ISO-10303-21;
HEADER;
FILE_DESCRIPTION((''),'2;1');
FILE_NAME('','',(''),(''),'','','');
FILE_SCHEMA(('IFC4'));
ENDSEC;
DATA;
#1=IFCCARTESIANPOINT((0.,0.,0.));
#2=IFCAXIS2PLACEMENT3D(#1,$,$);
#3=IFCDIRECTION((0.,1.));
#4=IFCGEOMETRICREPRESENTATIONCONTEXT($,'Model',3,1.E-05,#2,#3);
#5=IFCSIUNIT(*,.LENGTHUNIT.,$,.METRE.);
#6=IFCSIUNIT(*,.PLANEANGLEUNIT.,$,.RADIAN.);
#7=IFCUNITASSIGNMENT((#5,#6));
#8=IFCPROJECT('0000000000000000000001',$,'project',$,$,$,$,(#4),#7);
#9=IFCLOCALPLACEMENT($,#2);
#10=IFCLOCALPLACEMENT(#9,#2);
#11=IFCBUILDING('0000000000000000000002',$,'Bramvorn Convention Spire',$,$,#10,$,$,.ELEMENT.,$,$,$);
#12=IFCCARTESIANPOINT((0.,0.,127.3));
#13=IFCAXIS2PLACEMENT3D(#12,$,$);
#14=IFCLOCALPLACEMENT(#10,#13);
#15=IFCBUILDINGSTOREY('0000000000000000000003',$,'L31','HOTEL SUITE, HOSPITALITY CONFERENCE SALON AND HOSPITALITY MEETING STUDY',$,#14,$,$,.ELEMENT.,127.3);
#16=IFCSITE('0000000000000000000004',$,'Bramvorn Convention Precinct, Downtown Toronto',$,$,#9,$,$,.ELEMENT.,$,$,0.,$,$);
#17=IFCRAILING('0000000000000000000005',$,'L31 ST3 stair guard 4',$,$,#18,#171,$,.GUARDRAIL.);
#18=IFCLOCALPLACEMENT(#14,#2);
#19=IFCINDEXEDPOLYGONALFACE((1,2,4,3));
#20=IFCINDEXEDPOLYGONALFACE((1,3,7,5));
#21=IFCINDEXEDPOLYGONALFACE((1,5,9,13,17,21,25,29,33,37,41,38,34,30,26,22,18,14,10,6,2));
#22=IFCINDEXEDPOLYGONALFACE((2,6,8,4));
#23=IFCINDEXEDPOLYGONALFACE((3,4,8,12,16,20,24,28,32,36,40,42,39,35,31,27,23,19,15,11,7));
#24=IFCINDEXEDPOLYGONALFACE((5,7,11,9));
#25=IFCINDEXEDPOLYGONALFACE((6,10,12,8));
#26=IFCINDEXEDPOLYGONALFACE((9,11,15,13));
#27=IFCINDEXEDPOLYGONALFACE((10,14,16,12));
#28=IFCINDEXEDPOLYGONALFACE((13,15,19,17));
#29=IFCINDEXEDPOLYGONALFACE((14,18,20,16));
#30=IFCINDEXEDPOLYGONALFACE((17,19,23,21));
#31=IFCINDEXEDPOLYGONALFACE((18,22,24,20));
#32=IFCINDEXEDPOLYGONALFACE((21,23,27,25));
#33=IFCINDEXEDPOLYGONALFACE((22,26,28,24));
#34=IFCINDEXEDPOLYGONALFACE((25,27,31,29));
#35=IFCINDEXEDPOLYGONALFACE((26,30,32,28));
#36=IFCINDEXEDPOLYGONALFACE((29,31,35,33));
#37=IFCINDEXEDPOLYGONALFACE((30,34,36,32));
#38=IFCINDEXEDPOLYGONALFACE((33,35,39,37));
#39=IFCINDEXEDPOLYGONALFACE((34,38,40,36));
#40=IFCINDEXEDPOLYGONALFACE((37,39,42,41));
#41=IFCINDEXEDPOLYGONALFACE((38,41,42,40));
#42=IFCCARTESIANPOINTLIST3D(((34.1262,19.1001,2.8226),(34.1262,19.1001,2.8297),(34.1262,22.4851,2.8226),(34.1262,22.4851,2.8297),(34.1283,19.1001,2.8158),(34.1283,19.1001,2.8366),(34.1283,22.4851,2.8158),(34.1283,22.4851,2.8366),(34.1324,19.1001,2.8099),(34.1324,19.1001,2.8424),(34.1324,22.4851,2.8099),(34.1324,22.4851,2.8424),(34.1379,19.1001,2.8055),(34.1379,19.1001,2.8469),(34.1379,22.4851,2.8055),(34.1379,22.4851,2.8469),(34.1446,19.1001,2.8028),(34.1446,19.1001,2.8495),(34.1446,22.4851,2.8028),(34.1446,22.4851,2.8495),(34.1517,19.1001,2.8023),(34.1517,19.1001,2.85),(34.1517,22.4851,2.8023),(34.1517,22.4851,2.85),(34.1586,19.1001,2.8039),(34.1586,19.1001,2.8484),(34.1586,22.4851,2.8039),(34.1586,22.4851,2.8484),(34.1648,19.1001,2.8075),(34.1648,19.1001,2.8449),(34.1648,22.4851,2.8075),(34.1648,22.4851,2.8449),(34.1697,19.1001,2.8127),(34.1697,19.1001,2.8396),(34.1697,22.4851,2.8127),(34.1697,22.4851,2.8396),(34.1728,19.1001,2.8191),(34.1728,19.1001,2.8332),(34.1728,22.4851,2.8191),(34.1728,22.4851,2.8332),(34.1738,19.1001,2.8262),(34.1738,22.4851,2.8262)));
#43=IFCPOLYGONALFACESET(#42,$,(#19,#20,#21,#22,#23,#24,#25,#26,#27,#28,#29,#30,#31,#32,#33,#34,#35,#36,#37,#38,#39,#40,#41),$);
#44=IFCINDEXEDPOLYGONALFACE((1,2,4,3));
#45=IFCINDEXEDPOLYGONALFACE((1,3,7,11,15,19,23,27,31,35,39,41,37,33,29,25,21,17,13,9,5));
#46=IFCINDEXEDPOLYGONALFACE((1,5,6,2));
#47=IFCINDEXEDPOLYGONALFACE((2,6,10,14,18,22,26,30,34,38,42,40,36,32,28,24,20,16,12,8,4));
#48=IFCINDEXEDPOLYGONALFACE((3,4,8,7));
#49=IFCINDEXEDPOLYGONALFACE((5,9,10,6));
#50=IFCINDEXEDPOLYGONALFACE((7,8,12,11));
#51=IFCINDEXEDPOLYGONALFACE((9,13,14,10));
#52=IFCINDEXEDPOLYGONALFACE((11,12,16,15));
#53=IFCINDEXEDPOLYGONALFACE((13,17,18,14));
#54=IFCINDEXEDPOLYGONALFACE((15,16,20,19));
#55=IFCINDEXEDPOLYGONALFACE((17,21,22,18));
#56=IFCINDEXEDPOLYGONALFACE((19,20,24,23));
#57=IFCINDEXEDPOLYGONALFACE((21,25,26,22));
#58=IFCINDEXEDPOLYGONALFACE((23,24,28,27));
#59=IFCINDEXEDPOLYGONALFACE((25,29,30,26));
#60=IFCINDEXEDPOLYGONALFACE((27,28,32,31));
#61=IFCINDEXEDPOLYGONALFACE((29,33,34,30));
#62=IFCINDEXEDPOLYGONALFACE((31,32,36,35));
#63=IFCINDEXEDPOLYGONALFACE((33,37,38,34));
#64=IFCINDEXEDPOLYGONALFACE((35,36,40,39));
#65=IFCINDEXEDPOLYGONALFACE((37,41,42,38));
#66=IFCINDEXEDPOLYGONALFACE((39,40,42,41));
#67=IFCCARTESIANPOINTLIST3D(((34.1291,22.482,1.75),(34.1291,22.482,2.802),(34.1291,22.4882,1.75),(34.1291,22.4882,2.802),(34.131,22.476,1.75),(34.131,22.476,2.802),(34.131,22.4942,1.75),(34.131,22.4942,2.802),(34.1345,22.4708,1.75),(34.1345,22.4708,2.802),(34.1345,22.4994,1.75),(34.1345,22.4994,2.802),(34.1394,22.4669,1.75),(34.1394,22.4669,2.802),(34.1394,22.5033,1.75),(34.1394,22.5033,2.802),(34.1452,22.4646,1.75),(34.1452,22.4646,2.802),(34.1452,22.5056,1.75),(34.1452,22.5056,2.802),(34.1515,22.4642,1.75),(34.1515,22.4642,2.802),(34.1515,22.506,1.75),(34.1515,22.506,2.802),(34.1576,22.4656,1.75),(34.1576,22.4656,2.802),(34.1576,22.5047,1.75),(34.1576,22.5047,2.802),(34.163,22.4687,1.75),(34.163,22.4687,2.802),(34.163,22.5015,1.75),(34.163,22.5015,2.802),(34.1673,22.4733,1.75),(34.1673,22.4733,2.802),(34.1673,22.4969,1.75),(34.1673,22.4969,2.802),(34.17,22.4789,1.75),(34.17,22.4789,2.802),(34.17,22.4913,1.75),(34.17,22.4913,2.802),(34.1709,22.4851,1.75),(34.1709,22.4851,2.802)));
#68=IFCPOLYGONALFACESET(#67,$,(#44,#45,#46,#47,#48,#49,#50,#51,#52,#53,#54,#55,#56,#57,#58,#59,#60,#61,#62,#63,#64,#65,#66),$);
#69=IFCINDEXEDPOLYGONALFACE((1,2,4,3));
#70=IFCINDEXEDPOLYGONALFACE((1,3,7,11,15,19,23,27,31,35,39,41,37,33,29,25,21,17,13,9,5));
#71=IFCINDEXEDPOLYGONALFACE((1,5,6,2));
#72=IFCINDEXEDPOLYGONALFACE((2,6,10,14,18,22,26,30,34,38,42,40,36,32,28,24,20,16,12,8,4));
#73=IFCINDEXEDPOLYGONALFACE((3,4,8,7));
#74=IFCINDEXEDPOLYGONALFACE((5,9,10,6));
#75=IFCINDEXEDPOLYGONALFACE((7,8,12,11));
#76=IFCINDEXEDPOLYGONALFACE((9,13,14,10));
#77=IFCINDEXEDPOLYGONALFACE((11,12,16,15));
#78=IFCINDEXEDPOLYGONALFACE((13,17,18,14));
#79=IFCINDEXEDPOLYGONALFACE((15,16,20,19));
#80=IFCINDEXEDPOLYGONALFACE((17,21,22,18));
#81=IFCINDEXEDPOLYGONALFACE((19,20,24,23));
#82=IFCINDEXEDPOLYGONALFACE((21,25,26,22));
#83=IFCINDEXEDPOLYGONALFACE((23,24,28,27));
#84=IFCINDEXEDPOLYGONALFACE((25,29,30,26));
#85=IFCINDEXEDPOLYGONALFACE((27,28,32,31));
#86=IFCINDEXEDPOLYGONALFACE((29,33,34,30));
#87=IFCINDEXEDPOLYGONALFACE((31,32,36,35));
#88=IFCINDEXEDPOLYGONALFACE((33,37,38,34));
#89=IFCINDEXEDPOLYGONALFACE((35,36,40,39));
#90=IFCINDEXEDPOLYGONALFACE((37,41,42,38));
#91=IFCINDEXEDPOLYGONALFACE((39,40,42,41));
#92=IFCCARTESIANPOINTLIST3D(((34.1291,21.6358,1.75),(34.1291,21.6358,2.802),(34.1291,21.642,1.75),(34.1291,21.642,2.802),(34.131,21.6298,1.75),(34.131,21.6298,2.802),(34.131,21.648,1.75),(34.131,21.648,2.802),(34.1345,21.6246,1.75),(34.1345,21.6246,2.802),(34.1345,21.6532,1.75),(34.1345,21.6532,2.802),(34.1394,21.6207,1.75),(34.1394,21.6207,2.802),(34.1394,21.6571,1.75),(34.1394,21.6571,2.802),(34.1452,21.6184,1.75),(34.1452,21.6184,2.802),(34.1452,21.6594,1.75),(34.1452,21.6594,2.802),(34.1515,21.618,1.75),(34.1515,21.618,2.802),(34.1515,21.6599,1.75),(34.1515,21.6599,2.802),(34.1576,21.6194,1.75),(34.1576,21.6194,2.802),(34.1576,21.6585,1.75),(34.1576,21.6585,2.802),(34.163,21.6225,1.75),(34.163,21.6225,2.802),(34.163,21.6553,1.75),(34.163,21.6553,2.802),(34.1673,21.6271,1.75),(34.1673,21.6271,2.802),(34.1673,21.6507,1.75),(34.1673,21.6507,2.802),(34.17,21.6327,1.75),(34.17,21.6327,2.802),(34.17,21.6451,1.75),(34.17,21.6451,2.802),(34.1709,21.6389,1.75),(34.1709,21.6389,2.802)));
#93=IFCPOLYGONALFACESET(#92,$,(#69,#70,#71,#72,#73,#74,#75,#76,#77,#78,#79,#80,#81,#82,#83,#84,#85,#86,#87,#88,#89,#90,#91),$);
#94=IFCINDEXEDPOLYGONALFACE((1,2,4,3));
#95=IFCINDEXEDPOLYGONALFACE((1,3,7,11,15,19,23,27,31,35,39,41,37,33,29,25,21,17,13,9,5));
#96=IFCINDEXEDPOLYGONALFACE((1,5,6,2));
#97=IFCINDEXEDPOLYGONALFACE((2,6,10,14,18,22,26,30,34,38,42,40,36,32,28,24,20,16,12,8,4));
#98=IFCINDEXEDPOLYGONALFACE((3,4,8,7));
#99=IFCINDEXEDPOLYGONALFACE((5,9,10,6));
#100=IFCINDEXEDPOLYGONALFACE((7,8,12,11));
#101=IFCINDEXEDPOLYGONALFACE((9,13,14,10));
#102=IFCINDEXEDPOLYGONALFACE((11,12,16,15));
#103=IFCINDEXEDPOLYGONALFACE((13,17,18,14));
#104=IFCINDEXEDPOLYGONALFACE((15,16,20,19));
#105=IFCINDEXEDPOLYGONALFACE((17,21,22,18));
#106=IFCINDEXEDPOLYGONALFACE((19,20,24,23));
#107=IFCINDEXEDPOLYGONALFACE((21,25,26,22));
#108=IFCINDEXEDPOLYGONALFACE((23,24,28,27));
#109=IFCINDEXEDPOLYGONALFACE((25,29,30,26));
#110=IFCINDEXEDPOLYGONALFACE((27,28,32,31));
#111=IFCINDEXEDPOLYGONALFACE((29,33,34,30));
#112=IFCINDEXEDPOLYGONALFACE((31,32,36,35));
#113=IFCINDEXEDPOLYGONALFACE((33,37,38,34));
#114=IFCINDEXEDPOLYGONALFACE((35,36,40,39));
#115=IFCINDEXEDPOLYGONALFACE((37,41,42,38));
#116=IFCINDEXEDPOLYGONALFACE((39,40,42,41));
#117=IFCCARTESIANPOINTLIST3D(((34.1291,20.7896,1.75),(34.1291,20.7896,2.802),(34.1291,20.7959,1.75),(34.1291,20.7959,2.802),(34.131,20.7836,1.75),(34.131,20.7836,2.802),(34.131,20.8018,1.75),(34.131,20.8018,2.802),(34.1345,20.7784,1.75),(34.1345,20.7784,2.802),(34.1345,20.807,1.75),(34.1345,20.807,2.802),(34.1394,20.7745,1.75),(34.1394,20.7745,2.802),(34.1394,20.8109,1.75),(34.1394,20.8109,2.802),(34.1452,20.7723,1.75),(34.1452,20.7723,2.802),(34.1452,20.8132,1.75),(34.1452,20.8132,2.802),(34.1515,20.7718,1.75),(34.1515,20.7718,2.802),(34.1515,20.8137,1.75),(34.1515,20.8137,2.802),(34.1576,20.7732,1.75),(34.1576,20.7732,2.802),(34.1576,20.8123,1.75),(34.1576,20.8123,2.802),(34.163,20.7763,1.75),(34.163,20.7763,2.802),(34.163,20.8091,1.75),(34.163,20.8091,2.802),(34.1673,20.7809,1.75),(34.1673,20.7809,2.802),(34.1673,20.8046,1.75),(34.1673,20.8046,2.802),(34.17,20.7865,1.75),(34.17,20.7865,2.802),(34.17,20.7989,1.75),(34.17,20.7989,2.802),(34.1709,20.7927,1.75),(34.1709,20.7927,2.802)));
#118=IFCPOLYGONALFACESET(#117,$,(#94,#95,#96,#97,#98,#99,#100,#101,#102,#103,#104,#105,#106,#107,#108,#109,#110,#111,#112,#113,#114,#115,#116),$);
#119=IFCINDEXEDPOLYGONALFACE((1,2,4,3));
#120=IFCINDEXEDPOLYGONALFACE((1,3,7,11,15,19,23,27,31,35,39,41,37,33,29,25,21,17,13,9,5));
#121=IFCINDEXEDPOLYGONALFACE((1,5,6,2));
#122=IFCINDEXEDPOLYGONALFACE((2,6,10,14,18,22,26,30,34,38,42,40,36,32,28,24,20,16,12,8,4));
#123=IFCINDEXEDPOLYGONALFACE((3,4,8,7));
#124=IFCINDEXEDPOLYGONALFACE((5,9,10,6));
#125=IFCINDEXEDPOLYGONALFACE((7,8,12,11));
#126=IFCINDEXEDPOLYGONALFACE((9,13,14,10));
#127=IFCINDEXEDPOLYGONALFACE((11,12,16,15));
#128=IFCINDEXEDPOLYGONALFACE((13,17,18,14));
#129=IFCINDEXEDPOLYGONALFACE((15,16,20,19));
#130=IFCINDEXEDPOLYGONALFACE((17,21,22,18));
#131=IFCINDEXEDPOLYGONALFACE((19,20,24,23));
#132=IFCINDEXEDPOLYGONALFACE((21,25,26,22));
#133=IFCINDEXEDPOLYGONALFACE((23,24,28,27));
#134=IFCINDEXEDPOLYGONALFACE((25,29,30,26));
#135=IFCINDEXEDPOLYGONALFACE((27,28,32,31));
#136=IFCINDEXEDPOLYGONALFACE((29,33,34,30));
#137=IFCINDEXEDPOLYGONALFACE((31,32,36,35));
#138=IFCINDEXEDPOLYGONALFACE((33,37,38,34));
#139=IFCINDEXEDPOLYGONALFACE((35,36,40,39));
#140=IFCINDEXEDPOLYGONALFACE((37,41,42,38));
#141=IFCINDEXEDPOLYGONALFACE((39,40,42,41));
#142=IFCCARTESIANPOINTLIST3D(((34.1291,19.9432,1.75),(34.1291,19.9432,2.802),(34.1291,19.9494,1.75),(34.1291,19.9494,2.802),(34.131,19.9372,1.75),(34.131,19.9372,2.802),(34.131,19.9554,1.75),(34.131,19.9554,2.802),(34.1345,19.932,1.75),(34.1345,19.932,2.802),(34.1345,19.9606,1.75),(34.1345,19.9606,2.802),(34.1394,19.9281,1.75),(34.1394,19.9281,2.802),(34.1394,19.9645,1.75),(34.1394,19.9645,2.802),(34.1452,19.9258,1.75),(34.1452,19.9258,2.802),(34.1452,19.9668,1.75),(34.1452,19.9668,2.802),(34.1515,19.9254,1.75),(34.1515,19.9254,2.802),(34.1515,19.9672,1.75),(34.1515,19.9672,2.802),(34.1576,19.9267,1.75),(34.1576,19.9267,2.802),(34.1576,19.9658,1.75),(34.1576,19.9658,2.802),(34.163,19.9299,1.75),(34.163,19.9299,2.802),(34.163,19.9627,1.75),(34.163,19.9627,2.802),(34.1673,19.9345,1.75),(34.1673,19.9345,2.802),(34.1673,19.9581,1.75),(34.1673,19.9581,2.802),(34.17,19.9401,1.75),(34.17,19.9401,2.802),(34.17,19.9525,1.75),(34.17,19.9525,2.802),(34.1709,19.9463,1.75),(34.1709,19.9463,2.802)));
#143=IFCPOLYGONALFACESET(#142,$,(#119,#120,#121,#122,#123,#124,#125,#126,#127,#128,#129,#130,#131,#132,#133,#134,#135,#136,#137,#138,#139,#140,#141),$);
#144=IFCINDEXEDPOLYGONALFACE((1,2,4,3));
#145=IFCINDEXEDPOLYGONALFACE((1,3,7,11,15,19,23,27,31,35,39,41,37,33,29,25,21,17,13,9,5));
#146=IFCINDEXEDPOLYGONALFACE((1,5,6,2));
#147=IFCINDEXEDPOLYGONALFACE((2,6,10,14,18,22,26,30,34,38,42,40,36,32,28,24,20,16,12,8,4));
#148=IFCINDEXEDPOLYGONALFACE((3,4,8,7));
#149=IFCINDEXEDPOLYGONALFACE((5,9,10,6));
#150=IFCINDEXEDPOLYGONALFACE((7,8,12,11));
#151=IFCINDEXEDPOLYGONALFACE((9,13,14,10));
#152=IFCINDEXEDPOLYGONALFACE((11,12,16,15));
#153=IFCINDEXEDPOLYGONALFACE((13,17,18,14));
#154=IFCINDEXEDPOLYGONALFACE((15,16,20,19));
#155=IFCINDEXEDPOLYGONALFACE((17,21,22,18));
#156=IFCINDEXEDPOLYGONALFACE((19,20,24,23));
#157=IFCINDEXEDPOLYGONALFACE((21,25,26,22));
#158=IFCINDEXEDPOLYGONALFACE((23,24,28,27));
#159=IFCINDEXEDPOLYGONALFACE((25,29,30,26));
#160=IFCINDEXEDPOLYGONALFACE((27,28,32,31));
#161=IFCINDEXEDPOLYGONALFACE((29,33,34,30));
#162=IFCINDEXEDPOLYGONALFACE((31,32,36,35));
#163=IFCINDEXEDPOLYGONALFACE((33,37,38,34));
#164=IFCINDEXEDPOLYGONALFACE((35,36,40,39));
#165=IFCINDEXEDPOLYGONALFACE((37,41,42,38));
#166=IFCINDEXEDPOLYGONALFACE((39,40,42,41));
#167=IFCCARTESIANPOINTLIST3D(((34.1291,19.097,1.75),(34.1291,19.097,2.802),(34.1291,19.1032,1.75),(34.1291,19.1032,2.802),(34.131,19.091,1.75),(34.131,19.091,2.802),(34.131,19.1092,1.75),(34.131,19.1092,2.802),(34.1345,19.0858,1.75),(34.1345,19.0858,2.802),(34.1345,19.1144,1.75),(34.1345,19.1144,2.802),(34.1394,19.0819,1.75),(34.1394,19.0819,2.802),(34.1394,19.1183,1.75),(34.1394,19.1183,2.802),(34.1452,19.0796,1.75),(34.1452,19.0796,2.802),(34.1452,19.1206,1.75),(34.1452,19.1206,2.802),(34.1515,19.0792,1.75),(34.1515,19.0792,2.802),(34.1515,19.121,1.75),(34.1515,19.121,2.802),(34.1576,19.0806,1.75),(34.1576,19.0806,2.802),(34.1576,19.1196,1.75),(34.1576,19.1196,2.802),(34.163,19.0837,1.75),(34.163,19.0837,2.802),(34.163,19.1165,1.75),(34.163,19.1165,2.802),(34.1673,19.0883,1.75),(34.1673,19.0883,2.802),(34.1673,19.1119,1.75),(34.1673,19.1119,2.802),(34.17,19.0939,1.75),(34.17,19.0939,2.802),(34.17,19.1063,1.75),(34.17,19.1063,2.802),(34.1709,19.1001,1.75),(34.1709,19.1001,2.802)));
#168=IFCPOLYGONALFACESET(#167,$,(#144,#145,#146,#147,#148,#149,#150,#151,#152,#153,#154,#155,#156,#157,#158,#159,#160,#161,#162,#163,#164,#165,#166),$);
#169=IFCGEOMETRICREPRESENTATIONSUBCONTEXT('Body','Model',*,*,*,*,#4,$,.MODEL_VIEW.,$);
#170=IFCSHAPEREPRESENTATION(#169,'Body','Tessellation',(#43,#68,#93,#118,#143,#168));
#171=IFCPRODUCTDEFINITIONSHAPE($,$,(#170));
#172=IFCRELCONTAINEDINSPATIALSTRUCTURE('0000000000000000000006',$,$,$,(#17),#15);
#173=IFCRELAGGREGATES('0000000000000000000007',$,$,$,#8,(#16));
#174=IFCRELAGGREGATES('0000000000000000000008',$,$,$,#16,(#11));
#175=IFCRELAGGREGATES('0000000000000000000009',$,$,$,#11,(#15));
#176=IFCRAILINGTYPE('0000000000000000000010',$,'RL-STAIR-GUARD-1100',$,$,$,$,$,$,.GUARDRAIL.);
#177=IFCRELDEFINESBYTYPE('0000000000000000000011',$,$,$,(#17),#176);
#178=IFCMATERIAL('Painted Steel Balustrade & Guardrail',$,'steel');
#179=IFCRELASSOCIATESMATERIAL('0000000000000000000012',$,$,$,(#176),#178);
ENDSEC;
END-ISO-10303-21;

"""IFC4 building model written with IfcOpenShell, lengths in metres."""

from ifc_helpers import new_model, si_unit, direction, frame, origin, origin_2d, place, context, subcontext, project, spatial, circle, extrude, material, type_object, element, save


model = new_model("IFC4")

# Units and contexts
model_context = context("Model", 3, precision=1e-05, world=origin(), true_north=direction((0.0, 1.0)))
body_context = subcontext(model_context, "Body", "Model", "MODEL_VIEW")
ifc_project = project(units=[si_unit("LENGTHUNIT", "METRE"), si_unit("PLANEANGLEUNIT", "RADIAN")], contexts=[model_context])

# Site, building, storey
site_placement = place(None, origin())
site = spatial("IfcSite", under=ifc_project, at=site_placement, Name="Bramvorn Convention Precinct, Downtown Toronto", CompositionType="ELEMENT", RefElevation=0.0)
building_placement = place(site_placement, origin())
building = spatial("IfcBuilding", under=site, at=building_placement, Name="Bramvorn Convention Spire", CompositionType="ELEMENT")
storey_placement = place(building_placement, frame((0.0, 0.0, 127.3)))
storey = spatial("IfcBuildingStorey", under=building, at=storey_placement, Name="L31", Description="HOTEL SUITE, HOSPITALITY CONFERENCE SALON AND HOSPITALITY MEETING STUDY", CompositionType="ELEMENT", Elevation=127.3)

# Railing
ifc_material_1 = material(Name="Painted Steel Balustrade & Guardrail", Category="steel")
railing_type_1 = type_object("IfcRailingType", Name="RL-STAIR-GUARD-1100", PredefinedType="GUARDRAIL", material=ifc_material_1)
for number, where, name in (
    (1, (34.1499, 22.4851, 1.75), "L31 ST3 stair guard 4"),
):
    element("IfcRailing", number, at=place(storey_placement, frame(where)), inside=storey, type_object=railing_type_1, Name=name, PredefinedType="GUARDRAIL", context=body_context, shape_type="SweptSolid", body=[
        extrude(circle(Radius=0.0239, at=origin_2d()), frame((0.0, 0.0, 1.0762), z_axis=(0.0, -1.0, 0.0), x_axis=(1.0, 0.0, 0.0)), (0.0, 0.0, 1.0), 3.385),
        extrude(circle(Radius=0.021, at=origin_2d()), origin(), (0.0, 0.0, 1.0), 1.052),
        extrude(circle(Radius=0.021, at=origin_2d()), frame((0.0, -0.8462, 0.0)), (0.0, 0.0, 1.0), 1.052),
        extrude(circle(Radius=0.021, at=origin_2d()), frame((0.0, -1.6924, 0.0)), (0.0, 0.0, 1.0), 1.052),
        extrude(circle(Radius=0.021, at=origin_2d()), frame((0.0, -2.5388, 0.0)), (0.0, 0.0, 1.0), 1.052),
        extrude(circle(Radius=0.021, at=origin_2d()), frame((0.0, -3.385, 0.0)), (0.0, 0.0, 1.0), 1.052),
    ])

save(model, "model.ifc")
